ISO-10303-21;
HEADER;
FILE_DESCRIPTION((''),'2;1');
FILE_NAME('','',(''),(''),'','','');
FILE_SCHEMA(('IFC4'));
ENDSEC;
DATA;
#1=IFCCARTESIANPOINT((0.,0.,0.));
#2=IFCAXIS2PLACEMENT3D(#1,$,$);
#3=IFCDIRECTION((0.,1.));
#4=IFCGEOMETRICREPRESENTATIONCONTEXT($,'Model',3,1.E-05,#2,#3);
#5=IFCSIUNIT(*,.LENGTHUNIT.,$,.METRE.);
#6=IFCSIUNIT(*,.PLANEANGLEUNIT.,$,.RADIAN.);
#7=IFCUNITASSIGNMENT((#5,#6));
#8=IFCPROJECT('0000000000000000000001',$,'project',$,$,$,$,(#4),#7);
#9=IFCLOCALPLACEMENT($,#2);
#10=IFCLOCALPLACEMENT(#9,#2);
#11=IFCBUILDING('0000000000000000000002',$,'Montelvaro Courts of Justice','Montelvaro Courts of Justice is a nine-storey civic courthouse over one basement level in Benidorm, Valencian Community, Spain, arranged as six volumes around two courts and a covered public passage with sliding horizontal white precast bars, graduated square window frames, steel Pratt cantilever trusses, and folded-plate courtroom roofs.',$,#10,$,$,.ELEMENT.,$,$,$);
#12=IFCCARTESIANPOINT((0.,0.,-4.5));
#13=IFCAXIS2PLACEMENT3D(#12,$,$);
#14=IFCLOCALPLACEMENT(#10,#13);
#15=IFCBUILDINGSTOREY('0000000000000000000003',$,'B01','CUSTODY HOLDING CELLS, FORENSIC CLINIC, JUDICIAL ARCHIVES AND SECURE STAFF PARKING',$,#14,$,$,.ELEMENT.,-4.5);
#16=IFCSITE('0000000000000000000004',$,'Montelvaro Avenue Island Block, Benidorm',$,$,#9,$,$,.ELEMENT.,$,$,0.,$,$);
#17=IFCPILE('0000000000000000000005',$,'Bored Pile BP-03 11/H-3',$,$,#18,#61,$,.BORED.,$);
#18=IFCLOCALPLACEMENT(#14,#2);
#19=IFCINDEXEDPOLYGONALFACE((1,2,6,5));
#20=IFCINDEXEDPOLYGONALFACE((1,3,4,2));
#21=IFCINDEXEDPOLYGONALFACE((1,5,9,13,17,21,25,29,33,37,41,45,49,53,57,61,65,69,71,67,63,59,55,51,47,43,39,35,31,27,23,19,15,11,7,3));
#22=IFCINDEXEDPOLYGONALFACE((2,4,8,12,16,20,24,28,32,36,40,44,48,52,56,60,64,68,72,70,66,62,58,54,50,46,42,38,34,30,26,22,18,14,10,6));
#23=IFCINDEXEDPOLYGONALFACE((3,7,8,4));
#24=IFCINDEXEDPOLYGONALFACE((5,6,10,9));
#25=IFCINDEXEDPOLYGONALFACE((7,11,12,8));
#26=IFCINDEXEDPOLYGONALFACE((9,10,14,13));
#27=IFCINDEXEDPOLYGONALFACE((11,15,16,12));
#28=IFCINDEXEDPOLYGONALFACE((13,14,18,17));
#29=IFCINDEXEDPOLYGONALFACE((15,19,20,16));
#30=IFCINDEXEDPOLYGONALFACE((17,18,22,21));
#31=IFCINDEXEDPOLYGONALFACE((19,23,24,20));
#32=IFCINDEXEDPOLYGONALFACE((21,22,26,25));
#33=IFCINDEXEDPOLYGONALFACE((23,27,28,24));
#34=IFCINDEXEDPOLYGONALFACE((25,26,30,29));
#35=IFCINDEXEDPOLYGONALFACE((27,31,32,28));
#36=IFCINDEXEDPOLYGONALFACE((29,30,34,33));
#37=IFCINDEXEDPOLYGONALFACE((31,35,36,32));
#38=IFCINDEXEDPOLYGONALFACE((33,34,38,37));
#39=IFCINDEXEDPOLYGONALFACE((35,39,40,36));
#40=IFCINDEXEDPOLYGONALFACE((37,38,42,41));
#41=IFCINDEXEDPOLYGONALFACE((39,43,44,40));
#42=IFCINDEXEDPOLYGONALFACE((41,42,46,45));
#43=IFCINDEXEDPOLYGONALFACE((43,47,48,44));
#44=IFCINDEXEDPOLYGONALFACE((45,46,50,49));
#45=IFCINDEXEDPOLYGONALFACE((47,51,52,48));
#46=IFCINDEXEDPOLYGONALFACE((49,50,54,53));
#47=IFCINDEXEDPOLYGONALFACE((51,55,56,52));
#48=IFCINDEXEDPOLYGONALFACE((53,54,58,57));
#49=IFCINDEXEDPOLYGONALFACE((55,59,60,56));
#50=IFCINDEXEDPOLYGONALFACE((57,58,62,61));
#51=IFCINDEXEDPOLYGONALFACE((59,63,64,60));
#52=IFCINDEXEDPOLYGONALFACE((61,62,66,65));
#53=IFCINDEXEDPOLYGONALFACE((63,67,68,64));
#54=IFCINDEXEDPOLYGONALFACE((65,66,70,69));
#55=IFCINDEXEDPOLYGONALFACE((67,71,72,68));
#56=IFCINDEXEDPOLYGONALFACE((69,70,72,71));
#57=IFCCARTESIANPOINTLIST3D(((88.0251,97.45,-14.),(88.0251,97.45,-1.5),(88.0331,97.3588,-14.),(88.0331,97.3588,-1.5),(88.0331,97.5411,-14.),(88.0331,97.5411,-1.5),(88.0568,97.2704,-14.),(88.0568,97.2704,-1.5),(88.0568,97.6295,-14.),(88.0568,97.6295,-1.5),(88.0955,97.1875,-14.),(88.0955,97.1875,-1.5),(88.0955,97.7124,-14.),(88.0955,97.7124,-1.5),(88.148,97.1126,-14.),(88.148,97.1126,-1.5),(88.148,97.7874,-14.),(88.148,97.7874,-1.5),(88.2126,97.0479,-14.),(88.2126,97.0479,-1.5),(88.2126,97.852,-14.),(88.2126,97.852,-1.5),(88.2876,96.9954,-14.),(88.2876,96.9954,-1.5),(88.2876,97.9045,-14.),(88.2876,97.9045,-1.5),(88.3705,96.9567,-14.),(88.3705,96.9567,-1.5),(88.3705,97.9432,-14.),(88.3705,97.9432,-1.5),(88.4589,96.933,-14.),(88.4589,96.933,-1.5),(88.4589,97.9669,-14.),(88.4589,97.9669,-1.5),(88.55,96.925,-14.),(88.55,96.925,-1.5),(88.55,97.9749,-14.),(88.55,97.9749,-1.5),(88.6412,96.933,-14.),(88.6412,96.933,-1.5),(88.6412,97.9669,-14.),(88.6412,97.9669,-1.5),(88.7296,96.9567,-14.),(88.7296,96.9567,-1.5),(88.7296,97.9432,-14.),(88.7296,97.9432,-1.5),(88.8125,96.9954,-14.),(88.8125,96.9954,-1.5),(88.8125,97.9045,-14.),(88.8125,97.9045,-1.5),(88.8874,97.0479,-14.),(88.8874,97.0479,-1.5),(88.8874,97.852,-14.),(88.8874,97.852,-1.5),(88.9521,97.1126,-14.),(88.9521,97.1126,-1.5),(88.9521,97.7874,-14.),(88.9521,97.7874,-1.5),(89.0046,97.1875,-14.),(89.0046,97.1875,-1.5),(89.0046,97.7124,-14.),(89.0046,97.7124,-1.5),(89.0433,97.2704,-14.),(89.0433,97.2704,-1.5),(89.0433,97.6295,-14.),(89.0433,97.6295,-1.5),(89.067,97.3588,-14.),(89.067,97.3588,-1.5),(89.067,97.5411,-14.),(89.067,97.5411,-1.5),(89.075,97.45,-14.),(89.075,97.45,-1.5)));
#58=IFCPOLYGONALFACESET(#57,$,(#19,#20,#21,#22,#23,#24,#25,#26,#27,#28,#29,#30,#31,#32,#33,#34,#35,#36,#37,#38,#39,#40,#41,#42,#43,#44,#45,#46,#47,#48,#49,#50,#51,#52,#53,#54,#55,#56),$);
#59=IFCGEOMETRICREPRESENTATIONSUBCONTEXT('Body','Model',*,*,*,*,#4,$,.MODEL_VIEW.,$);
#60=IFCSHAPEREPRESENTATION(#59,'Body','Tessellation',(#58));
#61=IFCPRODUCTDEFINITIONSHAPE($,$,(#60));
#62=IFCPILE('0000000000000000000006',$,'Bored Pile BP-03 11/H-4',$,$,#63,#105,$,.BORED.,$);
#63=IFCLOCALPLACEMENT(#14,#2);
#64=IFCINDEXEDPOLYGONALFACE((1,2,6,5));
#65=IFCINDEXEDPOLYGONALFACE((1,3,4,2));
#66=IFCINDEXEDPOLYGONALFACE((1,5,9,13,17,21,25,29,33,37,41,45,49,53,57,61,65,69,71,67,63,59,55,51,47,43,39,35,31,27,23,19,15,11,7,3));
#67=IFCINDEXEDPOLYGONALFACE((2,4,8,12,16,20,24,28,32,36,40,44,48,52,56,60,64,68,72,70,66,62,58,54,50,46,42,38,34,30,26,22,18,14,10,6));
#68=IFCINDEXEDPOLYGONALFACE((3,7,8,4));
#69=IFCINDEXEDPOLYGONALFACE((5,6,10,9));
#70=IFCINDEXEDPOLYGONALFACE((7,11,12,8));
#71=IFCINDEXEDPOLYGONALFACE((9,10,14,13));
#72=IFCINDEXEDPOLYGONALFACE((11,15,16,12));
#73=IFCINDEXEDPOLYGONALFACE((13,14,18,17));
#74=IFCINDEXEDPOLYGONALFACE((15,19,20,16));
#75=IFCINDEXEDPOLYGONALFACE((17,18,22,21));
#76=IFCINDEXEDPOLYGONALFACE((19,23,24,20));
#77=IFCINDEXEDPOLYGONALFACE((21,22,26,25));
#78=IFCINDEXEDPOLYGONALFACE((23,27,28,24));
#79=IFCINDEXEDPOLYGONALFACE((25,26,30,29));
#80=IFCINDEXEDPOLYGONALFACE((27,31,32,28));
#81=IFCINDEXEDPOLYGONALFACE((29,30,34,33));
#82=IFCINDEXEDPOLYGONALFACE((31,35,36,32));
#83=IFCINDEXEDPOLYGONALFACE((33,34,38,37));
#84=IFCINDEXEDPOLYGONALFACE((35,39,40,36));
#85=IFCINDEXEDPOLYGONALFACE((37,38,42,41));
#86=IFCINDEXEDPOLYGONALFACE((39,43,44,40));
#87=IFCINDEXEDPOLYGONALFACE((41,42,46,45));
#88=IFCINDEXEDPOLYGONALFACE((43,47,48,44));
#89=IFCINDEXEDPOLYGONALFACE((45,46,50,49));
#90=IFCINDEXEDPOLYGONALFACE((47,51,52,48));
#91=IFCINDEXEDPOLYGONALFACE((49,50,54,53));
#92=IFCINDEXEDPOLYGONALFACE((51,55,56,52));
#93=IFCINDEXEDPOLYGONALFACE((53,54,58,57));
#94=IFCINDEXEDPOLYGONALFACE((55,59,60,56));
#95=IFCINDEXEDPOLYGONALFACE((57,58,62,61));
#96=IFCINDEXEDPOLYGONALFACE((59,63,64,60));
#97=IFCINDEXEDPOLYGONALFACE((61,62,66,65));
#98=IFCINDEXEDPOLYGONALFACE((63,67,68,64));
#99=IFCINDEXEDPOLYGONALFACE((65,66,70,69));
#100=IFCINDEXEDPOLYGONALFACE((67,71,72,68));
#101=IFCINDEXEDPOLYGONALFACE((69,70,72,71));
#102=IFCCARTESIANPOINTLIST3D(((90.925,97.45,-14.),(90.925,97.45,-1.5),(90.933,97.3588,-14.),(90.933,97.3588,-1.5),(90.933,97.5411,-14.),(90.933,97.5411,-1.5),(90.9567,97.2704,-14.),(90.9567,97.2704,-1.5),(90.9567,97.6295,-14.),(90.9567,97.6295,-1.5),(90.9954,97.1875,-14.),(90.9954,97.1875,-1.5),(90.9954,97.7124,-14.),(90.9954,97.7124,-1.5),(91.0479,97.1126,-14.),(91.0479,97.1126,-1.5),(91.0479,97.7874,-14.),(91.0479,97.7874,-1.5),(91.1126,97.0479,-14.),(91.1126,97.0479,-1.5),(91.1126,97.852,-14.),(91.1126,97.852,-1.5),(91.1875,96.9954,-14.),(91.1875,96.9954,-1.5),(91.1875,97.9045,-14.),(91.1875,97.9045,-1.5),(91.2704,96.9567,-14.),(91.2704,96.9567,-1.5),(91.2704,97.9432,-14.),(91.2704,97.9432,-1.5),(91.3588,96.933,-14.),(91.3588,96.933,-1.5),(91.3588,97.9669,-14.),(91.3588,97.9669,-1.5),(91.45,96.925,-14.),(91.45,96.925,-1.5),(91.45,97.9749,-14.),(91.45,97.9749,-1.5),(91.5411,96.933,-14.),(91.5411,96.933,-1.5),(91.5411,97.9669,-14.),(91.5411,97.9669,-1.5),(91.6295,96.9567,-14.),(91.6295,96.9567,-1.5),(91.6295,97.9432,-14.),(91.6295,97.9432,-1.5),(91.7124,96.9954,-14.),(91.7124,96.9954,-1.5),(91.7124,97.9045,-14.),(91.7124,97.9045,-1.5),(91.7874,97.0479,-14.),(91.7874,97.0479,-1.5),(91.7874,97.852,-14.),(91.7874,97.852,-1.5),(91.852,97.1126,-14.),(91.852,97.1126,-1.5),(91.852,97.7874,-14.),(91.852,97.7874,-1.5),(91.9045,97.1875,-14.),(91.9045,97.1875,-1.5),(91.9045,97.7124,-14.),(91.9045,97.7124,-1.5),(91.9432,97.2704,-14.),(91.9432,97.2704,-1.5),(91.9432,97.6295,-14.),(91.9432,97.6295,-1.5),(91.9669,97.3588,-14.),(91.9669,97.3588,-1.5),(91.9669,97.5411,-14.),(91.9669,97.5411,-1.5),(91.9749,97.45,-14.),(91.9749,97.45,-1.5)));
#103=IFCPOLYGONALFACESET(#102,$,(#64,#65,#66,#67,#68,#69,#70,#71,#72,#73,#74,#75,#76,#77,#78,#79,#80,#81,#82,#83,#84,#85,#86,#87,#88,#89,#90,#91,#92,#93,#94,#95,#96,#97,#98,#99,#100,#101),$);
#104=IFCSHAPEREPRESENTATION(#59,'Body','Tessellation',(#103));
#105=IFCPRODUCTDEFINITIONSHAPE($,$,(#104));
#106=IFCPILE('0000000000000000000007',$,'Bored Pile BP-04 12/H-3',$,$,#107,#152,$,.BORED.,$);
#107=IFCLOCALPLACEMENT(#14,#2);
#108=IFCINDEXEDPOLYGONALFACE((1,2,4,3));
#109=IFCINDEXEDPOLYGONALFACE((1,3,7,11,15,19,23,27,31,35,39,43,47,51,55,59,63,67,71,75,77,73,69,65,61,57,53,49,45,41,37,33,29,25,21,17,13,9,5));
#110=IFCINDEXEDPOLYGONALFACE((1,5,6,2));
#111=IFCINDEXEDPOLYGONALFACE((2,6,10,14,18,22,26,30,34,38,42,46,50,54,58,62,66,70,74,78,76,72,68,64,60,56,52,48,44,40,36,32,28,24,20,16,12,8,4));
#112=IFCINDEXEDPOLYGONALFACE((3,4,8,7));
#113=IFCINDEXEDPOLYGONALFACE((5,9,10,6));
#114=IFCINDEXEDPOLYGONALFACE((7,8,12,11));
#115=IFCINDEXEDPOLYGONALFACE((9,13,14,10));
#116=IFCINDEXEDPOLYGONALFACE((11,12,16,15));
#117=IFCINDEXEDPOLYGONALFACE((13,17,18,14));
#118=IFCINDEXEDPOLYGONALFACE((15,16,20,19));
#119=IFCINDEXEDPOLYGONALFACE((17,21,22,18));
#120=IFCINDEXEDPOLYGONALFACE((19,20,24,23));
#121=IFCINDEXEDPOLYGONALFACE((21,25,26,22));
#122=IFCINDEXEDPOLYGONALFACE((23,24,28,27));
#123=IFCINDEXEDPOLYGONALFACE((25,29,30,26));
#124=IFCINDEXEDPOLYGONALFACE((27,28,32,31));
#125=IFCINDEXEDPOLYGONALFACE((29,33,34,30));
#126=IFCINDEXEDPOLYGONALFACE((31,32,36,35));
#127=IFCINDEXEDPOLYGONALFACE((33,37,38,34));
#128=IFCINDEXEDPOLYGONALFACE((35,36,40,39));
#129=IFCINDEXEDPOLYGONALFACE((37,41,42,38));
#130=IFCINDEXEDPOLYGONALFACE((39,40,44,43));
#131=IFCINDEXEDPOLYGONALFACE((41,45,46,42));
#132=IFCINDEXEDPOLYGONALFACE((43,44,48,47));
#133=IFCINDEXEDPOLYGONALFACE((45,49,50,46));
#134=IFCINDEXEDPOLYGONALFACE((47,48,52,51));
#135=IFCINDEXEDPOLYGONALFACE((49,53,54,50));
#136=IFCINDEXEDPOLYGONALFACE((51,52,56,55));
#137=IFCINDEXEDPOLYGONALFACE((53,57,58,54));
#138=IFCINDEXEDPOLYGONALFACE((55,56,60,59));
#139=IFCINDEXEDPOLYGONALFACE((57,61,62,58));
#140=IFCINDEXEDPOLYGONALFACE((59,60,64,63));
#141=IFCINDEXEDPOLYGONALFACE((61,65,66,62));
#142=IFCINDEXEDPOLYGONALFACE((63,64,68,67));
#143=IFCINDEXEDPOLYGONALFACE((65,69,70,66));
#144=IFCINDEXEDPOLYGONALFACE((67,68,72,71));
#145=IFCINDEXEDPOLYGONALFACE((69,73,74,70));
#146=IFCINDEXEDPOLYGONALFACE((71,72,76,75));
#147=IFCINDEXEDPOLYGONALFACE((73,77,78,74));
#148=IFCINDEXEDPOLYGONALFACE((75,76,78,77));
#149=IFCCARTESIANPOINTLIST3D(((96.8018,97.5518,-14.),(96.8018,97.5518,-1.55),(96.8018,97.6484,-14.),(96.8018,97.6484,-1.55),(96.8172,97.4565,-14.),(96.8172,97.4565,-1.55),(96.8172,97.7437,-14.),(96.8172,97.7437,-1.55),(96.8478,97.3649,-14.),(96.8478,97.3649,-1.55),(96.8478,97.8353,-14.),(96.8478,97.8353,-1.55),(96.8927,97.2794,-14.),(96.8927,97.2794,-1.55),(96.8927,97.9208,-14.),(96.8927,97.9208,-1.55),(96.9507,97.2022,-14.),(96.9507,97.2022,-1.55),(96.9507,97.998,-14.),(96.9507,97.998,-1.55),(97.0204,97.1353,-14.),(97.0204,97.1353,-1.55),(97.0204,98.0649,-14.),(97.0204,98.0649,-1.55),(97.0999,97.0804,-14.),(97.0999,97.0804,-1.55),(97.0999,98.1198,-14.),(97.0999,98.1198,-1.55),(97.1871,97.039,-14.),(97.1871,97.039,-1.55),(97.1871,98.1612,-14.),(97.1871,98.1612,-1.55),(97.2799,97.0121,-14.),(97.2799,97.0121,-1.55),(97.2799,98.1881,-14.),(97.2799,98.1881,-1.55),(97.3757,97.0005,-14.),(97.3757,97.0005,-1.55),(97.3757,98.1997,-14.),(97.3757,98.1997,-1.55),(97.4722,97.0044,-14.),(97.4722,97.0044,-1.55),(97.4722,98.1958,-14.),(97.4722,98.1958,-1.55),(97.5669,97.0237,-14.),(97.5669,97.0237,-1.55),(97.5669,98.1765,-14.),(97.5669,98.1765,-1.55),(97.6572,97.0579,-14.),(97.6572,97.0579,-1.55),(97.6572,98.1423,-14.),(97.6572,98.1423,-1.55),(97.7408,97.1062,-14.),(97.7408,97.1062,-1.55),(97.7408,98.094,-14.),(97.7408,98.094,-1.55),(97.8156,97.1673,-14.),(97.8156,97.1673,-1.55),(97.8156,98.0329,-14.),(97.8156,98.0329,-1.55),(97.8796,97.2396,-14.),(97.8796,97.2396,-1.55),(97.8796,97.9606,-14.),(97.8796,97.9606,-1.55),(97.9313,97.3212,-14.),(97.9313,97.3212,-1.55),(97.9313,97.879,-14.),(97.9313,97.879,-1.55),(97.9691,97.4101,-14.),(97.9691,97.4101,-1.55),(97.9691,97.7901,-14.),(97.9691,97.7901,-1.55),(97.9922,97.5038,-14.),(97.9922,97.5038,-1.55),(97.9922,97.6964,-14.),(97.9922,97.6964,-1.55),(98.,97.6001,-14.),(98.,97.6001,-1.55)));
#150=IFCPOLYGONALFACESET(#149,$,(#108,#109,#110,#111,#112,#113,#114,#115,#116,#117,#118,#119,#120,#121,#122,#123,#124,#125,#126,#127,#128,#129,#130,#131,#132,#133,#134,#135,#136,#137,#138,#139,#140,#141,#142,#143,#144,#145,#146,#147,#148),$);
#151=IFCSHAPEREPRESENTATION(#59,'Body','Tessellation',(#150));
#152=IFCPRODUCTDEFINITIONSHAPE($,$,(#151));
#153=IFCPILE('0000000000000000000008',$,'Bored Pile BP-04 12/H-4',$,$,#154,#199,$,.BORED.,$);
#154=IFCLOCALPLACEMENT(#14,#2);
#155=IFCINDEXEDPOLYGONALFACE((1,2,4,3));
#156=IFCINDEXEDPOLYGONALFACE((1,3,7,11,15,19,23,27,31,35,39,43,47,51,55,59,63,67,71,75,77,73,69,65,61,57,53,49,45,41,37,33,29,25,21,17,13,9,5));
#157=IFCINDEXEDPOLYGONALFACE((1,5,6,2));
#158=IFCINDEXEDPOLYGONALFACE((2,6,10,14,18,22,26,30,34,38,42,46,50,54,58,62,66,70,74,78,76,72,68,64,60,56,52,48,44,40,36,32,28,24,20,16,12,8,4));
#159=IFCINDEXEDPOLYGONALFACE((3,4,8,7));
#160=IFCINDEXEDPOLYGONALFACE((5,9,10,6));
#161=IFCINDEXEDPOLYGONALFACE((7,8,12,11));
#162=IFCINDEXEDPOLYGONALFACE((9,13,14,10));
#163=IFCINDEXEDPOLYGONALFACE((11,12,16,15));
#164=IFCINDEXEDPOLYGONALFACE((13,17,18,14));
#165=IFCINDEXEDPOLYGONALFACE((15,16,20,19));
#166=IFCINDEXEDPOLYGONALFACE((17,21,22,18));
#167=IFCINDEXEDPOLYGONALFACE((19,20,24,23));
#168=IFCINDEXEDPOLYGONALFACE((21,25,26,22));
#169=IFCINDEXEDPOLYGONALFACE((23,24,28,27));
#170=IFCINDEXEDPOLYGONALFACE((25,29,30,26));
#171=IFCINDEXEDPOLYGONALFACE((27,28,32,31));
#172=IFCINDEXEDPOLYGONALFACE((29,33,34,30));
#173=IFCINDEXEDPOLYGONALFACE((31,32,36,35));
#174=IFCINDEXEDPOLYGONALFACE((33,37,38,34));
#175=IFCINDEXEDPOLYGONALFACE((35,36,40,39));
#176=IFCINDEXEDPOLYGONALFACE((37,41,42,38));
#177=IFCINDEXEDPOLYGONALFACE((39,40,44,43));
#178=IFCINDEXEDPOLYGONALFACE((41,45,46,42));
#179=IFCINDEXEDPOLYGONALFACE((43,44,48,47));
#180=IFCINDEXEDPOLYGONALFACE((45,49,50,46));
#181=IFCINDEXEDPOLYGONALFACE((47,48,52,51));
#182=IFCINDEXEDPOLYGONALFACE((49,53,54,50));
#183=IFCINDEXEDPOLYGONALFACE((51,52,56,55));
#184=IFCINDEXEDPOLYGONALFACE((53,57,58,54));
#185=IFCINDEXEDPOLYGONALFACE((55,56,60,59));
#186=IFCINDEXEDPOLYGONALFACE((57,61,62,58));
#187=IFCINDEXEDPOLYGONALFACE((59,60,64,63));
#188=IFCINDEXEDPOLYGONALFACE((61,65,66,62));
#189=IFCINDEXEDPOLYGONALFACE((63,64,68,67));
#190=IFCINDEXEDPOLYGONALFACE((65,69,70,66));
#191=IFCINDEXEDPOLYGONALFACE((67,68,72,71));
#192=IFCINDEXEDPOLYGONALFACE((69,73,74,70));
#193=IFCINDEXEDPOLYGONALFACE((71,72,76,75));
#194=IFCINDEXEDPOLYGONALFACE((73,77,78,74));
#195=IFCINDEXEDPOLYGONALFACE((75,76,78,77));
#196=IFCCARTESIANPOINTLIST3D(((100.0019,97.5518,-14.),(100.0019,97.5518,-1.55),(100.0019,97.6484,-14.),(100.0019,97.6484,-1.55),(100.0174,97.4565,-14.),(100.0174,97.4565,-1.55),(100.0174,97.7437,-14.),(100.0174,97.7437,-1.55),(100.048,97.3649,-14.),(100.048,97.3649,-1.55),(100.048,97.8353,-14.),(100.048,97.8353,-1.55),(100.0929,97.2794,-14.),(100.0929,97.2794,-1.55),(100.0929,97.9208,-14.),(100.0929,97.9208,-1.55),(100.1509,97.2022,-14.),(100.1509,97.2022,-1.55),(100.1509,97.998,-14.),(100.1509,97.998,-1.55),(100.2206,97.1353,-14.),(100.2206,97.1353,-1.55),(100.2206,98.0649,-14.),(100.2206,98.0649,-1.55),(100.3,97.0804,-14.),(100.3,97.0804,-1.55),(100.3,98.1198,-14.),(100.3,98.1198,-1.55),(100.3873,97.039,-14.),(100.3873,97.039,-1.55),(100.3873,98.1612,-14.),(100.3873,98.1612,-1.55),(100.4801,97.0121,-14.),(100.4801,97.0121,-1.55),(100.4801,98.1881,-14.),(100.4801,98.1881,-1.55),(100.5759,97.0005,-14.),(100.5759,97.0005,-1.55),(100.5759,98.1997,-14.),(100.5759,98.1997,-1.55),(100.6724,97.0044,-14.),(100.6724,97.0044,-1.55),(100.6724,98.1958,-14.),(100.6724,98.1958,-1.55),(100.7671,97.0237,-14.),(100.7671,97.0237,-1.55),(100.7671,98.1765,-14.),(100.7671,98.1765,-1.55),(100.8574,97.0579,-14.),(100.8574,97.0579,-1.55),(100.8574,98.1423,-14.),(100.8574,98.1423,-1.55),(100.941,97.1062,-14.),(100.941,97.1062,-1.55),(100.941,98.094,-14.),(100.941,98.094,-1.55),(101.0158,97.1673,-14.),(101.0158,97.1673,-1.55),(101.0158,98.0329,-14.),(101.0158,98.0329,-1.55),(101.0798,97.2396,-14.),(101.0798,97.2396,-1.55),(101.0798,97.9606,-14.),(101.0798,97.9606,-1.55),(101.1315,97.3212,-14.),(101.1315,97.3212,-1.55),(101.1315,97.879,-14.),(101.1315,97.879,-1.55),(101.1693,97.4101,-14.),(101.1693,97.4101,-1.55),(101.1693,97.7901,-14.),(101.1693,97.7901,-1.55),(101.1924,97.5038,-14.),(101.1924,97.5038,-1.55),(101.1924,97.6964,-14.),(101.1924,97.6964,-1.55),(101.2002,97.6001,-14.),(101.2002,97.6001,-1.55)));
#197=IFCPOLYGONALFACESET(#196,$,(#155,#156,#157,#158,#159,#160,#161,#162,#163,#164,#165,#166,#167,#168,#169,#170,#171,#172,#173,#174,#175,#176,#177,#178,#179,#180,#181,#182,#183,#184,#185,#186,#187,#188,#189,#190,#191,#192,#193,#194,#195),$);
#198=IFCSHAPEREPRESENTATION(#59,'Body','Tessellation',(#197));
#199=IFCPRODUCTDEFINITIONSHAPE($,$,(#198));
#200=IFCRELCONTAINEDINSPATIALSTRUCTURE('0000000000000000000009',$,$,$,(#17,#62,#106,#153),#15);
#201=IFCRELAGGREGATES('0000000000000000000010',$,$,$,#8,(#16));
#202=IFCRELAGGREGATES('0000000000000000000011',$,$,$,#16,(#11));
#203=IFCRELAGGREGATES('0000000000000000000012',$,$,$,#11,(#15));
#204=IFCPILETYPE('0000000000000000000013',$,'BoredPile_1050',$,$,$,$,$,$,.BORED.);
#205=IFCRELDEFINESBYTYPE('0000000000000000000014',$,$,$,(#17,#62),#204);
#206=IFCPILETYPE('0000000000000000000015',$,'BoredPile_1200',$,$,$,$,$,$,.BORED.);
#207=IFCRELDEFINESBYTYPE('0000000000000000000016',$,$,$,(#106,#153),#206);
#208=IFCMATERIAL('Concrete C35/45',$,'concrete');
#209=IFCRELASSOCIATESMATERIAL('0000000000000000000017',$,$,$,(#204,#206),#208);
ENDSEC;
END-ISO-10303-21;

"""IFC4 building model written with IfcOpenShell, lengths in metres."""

from ifc_helpers import new_model, si_unit, direction, frame, origin, origin_2d, place, context, subcontext, project, spatial, circle, extrude, material, material_profile, profile_set, type_object, element, save


model = new_model("IFC4")

# Units and contexts
model_context = context("Model", 3, precision=1e-05, world=origin(), true_north=direction((0.0, 1.0)))
body_context = subcontext(model_context, "Body", "Model", "MODEL_VIEW")
ifc_project = project(units=[si_unit("LENGTHUNIT", "METRE"), si_unit("PLANEANGLEUNIT", "RADIAN")], contexts=[model_context])

# Site, building, storey
site_placement = place(None, origin())
site = spatial("IfcSite", under=ifc_project, at=site_placement, Name="Montelvaro Avenue Island Block, Benidorm", CompositionType="ELEMENT", RefElevation=0.0)
building_placement = place(site_placement, origin())
building = spatial("IfcBuilding", under=site, at=building_placement, Name="Montelvaro Courts of Justice", Description="Montelvaro Courts of Justice is a nine-storey civic courthouse over one basement level in Benidorm, Valencian Community, Spain, arranged as six volumes around two courts and a covered public passage with sliding horizontal white precast bars, graduated square window frames, steel Pratt cantilever trusses, and folded-plate courtroom roofs.", CompositionType="ELEMENT")
storey_placement = place(building_placement, frame((0.0, 0.0, -4.5)))
storey = spatial("IfcBuildingStorey", under=building, at=storey_placement, Name="B01", Description="CUSTODY HOLDING CELLS, FORENSIC CLINIC, JUDICIAL ARCHIVES AND SECURE STAFF PARKING", CompositionType="ELEMENT", Elevation=-4.5)

# Piles
ifc_material_1 = material(Name="Concrete C35/45", Category="concrete")
ifc_material_profile_1 = material_profile(ifc_material_1, circle(Radius=0.5249, at=origin_2d()), Name="BORED PILE D1050")
ifc_profile_set_1 = profile_set([ifc_material_profile_1], Name="Concrete C35/45")
pile_type_1 = type_object("IfcPileType", Name="BoredPile_1050", PredefinedType="BORED", material=ifc_profile_set_1)
for number, where, z_axis, x_axis, name in (
    (1, (88.55, 97.45, -1.5), (0.0, 0.0, -1.0), (1.0, 0.0, 0.0), "Bored Pile BP-03 11/H-3"),
    (2, (91.45, 97.45, -1.5), (0.0, 0.0, -1.0), (1.0, 0.0, 0.0), "Bored Pile BP-03 11/H-4"),
):
    element("IfcPile", number, at=place(storey_placement, frame(where, z_axis=z_axis, x_axis=x_axis)), inside=storey, type_object=pile_type_1, Name=name, PredefinedType="BORED", context=body_context, shape_type="SweptSolid", body=[
        extrude(circle(Radius=0.5249, at=origin_2d()), origin(), (0.0, 0.0, 1.0), 12.5),
    ])
ifc_material_profile_2 = material_profile(ifc_material_1, circle(Radius=0.6001, at=origin_2d()), Name="BORED PILE D1200")
ifc_profile_set_2 = profile_set([ifc_material_profile_2], Name="Concrete C35/45")
pile_type_2 = type_object("IfcPileType", Name="BoredPile_1200", PredefinedType="BORED", material=ifc_profile_set_2)
for number, where, z_axis, x_axis, name in (
    (3, (97.3999, 97.6001, -1.55), (0.0, 0.0, -1.0), (1.0, 0.0, 0.0), "Bored Pile BP-04 12/H-3"),
    (4, (100.6001, 97.6001, -1.55), (0.0, 0.0, -1.0), (1.0, 0.0, 0.0), "Bored Pile BP-04 12/H-4"),
):
    element("IfcPile", number, at=place(storey_placement, frame(where, z_axis=z_axis, x_axis=x_axis)), inside=storey, type_object=pile_type_2, Name=name, PredefinedType="BORED", context=body_context, shape_type="SweptSolid", body=[
        extrude(circle(Radius=0.6001, at=origin_2d()), origin(), (0.0, 0.0, 1.0), 12.45),
    ])

save(model, "model.ifc")
